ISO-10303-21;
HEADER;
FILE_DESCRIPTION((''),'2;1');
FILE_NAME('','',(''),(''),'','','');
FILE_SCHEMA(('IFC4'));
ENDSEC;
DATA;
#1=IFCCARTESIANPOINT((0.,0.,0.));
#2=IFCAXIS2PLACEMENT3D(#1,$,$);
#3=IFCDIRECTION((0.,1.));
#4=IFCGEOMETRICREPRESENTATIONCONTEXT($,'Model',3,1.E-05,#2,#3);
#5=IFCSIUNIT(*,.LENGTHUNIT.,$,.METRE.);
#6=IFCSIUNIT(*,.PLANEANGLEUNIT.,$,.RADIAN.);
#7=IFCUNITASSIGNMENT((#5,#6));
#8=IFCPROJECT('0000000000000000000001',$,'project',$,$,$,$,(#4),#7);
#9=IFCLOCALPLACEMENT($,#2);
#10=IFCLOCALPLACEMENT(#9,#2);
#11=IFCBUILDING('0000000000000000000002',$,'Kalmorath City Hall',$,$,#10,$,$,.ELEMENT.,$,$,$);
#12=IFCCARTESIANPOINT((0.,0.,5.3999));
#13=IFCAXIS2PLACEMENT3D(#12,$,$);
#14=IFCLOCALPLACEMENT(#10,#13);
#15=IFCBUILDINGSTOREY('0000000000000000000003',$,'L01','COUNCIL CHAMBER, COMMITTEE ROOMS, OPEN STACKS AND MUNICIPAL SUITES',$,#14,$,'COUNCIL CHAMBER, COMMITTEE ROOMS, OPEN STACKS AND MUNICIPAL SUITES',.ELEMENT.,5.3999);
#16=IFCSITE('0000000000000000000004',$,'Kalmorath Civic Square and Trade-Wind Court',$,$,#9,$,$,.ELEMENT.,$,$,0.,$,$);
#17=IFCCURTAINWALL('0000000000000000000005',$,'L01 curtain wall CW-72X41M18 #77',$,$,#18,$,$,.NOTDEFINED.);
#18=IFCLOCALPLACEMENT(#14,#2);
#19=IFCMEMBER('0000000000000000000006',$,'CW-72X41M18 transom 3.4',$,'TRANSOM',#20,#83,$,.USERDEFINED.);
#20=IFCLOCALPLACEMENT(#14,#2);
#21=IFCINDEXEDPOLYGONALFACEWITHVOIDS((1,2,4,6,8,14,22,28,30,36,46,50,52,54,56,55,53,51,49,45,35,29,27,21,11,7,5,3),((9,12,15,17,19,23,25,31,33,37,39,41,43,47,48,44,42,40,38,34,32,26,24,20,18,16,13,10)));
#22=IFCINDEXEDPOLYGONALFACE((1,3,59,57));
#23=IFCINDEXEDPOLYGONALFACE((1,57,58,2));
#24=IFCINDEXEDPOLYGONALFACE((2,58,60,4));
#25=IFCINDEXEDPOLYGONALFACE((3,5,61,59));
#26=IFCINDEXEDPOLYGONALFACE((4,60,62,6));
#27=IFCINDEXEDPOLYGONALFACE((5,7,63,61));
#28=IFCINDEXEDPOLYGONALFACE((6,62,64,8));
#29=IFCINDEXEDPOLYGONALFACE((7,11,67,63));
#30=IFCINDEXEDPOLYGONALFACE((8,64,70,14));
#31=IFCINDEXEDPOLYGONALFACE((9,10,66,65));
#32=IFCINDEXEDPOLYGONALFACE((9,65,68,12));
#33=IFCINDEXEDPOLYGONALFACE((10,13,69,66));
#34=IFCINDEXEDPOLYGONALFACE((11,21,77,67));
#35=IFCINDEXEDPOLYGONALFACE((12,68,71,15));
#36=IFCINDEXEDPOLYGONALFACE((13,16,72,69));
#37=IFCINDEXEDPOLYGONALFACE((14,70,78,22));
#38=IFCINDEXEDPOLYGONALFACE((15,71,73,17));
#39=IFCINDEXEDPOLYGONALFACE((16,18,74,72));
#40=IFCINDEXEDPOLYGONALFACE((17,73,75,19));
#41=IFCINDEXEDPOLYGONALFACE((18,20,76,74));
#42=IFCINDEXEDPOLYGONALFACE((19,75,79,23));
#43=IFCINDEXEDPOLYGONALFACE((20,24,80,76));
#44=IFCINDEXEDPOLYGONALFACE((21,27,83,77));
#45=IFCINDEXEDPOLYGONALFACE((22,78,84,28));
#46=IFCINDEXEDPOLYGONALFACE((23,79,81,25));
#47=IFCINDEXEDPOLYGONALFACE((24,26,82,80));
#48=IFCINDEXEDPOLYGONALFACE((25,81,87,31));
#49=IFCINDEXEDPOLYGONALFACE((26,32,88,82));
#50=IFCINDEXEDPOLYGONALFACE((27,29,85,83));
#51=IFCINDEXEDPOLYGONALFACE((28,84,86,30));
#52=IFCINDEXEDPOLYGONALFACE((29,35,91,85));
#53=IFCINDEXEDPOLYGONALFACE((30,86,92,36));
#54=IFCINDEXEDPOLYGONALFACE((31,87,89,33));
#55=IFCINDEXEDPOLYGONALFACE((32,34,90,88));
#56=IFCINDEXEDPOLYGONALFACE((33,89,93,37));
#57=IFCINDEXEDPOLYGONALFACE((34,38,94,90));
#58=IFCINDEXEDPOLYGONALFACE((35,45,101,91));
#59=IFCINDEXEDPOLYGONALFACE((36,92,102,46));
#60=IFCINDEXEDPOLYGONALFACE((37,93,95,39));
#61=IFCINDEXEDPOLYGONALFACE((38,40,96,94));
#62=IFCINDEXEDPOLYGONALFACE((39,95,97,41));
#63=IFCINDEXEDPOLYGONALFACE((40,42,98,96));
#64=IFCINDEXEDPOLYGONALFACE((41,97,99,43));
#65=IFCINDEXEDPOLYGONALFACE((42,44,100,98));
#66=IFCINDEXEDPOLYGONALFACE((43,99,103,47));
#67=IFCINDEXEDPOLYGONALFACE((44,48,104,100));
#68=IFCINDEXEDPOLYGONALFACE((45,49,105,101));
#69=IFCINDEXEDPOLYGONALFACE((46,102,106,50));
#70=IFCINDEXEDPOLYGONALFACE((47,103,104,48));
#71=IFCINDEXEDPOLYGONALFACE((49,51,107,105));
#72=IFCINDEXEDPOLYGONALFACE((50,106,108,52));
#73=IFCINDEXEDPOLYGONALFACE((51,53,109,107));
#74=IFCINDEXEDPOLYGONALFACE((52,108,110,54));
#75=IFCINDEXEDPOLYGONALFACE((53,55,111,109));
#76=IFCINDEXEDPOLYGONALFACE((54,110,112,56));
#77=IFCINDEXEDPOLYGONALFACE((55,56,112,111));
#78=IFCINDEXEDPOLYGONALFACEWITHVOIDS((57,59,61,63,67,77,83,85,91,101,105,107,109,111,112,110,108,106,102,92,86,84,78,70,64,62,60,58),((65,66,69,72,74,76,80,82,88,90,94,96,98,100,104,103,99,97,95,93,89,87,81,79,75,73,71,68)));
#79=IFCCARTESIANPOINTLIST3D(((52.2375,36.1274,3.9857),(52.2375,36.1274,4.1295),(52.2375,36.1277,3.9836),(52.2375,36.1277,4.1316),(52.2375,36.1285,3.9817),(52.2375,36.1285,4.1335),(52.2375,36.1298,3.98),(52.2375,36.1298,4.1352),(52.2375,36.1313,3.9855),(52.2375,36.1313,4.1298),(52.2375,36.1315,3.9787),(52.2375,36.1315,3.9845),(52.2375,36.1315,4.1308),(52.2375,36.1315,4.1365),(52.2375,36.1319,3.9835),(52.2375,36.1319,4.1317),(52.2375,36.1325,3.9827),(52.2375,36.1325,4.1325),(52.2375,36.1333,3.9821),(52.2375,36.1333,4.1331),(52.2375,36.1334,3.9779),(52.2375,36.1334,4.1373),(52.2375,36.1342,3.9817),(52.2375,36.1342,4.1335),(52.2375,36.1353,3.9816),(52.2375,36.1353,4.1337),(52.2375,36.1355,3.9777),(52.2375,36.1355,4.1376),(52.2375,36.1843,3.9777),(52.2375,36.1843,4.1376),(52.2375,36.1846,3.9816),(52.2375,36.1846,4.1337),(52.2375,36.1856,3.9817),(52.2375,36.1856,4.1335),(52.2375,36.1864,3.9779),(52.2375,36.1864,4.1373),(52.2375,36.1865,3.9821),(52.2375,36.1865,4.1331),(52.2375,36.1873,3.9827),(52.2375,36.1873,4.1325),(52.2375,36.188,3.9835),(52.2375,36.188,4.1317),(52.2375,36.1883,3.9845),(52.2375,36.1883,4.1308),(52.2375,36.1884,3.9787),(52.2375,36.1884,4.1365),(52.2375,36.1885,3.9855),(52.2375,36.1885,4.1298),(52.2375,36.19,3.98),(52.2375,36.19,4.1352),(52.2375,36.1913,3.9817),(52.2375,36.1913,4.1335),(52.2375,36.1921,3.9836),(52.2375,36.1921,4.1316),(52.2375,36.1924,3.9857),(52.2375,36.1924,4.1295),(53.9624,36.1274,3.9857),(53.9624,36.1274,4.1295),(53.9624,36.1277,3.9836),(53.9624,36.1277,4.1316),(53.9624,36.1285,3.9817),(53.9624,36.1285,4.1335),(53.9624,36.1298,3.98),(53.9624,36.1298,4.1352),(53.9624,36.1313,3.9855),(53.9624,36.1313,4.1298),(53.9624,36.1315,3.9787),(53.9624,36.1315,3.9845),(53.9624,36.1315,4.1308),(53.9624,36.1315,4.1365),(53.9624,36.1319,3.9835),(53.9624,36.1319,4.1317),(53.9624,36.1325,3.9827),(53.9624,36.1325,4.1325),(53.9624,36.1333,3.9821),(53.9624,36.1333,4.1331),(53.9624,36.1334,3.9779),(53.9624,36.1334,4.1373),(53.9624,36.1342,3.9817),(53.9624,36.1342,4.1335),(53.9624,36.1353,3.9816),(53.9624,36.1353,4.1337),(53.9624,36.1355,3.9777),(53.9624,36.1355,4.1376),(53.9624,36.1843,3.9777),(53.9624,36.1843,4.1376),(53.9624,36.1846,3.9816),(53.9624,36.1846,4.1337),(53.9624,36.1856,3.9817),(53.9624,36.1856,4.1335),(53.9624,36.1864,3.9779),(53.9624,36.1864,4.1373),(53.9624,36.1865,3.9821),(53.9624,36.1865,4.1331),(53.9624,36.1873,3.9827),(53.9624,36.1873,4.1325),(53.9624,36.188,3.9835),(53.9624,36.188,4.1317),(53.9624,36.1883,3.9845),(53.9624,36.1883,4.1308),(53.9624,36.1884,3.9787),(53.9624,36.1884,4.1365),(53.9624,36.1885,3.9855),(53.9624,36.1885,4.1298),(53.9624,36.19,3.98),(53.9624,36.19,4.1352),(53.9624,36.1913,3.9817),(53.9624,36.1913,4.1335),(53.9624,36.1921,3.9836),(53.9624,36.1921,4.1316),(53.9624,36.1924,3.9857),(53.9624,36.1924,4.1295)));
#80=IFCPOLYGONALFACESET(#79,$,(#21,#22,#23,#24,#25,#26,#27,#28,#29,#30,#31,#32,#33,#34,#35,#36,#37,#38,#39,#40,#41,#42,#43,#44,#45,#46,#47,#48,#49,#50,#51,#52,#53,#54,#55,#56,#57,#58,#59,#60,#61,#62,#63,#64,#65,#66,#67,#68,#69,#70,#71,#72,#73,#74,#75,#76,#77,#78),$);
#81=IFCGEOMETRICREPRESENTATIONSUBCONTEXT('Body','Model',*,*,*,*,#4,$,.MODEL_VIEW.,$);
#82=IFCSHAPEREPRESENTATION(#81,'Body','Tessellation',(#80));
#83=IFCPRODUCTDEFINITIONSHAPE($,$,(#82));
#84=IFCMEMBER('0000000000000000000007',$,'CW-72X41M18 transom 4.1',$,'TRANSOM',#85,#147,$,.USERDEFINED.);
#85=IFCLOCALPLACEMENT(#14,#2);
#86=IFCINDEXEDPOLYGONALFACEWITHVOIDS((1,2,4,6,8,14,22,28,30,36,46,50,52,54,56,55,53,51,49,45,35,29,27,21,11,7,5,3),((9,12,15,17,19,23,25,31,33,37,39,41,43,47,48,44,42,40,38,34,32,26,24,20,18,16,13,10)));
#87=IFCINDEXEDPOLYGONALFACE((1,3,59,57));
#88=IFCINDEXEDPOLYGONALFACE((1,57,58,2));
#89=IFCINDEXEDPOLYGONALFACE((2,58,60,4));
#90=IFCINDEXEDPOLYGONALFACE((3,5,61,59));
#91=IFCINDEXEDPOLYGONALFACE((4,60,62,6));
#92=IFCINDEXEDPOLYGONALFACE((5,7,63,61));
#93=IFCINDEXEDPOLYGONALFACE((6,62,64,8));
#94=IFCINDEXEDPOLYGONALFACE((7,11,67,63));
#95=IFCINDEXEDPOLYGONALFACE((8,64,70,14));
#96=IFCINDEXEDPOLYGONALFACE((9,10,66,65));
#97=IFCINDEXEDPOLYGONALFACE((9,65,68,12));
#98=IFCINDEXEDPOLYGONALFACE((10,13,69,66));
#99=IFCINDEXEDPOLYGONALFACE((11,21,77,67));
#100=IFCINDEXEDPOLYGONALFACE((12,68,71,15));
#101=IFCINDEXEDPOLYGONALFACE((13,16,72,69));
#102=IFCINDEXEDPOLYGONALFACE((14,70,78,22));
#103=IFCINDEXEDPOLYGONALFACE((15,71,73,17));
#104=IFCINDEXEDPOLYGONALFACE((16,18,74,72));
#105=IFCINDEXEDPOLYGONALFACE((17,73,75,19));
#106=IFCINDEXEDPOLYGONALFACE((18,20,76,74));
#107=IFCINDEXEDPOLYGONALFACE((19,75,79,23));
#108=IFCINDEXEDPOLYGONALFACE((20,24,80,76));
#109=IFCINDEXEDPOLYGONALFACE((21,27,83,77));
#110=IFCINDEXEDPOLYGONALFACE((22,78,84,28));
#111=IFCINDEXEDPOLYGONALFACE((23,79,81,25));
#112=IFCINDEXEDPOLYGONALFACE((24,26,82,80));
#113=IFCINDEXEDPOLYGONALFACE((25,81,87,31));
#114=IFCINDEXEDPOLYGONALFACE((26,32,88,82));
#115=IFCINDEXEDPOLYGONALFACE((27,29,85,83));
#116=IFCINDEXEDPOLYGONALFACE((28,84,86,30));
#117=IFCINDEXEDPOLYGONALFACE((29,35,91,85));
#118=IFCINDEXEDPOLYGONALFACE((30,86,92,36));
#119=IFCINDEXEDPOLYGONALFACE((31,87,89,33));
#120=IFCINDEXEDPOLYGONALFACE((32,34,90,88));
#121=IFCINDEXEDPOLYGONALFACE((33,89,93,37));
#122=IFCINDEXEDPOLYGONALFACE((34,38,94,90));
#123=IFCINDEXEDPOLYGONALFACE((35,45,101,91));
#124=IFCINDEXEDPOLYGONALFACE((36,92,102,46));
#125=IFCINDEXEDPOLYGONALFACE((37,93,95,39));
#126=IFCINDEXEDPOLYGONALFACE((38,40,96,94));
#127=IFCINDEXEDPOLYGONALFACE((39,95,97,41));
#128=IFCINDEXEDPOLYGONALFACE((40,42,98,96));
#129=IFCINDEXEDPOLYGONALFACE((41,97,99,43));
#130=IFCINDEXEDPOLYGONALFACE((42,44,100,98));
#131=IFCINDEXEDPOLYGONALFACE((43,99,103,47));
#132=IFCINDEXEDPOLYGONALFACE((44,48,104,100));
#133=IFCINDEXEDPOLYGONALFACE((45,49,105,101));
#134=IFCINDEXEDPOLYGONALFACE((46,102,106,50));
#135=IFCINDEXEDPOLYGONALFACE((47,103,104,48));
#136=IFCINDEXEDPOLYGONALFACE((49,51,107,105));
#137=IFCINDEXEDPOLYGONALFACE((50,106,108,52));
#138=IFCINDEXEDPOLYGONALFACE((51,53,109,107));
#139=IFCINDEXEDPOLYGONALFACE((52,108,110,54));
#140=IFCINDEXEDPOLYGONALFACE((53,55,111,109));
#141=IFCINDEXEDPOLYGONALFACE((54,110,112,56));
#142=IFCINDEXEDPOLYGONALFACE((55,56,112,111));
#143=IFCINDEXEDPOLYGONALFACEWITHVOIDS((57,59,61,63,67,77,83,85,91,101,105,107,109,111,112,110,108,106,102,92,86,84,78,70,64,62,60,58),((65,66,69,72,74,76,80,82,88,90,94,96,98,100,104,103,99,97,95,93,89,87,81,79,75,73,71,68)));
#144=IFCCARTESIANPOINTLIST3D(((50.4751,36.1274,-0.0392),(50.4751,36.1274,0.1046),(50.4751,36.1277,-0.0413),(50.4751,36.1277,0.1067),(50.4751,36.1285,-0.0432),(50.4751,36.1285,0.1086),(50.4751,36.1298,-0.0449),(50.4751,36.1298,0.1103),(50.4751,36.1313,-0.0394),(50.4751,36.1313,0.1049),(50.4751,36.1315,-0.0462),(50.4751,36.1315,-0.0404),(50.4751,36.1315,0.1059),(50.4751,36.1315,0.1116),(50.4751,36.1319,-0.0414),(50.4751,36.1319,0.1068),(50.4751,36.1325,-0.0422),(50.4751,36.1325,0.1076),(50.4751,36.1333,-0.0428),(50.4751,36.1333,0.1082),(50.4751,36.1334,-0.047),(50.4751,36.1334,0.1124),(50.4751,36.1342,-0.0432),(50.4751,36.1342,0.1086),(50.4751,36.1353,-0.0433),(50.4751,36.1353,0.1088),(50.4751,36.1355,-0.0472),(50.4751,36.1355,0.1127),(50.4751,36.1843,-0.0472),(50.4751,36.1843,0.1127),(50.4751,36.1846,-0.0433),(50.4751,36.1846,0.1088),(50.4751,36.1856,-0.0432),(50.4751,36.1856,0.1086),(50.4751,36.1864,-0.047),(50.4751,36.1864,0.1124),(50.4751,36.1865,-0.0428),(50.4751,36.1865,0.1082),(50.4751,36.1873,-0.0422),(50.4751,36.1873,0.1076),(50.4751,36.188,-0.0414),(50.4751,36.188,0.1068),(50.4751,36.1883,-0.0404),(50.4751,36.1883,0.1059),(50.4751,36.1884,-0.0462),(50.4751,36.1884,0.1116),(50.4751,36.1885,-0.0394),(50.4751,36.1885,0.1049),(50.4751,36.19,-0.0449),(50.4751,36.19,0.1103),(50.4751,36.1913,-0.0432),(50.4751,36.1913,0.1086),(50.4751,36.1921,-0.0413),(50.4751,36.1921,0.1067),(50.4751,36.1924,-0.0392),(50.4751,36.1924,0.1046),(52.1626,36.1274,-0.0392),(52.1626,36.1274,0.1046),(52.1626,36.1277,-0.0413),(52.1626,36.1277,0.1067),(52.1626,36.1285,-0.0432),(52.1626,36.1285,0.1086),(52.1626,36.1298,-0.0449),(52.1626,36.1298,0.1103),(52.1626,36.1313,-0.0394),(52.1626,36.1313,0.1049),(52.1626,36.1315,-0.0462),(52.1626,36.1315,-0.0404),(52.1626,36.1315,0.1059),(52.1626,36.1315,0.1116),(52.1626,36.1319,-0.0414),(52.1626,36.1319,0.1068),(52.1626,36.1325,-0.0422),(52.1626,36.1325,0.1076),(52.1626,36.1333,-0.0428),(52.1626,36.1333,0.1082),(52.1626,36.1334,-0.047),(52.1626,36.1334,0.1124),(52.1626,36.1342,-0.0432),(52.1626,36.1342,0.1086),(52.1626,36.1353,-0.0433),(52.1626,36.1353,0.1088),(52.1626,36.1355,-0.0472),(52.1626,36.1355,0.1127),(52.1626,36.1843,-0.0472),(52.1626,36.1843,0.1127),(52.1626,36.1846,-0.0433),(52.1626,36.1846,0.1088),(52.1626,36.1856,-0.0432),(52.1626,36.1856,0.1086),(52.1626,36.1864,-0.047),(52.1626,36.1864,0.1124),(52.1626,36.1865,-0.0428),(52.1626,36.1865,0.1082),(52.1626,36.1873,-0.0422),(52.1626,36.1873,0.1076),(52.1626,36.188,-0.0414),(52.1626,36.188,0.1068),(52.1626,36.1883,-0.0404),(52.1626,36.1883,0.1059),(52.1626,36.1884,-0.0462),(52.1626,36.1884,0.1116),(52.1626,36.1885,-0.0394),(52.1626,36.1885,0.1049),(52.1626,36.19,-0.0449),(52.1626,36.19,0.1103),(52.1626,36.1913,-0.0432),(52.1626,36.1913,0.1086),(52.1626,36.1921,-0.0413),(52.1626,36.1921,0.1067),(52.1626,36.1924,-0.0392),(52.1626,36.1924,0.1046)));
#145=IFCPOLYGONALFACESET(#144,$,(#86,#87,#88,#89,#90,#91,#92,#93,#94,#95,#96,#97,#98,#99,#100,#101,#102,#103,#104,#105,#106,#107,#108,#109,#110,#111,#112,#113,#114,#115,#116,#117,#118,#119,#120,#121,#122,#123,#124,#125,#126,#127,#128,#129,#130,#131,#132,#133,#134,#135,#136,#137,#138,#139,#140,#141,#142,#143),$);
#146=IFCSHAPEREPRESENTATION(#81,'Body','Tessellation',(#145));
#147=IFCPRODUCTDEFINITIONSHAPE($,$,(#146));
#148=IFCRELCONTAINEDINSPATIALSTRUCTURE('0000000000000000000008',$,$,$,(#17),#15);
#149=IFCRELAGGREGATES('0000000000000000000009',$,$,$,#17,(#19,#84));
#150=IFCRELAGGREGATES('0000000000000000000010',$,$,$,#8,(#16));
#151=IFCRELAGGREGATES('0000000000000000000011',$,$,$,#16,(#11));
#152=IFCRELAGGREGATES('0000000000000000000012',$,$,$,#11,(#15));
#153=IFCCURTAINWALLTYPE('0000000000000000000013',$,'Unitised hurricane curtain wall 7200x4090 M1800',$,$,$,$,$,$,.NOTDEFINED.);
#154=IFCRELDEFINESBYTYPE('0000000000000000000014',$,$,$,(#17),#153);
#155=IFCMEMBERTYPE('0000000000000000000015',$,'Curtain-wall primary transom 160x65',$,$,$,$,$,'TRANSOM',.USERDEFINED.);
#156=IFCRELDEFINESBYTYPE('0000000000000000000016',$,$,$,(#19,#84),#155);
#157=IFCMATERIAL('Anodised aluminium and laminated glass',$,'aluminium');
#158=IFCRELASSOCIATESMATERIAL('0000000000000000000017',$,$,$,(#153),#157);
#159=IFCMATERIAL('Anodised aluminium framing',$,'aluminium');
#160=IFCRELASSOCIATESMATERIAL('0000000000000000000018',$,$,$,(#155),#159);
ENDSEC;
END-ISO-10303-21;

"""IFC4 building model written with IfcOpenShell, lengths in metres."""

from ifc_helpers import new_model, si_unit, direction, frame, origin, origin_2d, place, context, subcontext, project, spatial, hollow_rectangle, extrude, material, material_profile, profile_set, type_object, element, aggregate, save


model = new_model("IFC4")

# Units and contexts
model_context = context("Model", 3, precision=1e-05, world=origin(), true_north=direction((0.0, 1.0)))
body_context = subcontext(model_context, "Body", "Model", "MODEL_VIEW")
ifc_project = project(units=[si_unit("LENGTHUNIT", "METRE"), si_unit("PLANEANGLEUNIT", "RADIAN")], contexts=[model_context])

# Site, building, storey
site_placement = place(None, origin())
site = spatial("IfcSite", under=ifc_project, at=site_placement, Name="Kalmorath Civic Square and Trade-Wind Court", CompositionType="ELEMENT", RefElevation=0.0)
building_placement = place(site_placement, origin())
building = spatial("IfcBuilding", under=site, at=building_placement, Name="Kalmorath City Hall", CompositionType="ELEMENT")
storey_placement = place(building_placement, frame((0.0, 0.0, 5.3999)))
storey = spatial("IfcBuildingStorey", under=building, at=storey_placement, Name="L01", Description="COUNCIL CHAMBER, COMMITTEE ROOMS, OPEN STACKS AND MUNICIPAL SUITES", LongName="COUNCIL CHAMBER, COMMITTEE ROOMS, OPEN STACKS AND MUNICIPAL SUITES", CompositionType="ELEMENT", Elevation=5.3999)

# Curtain wall, members
ifc_material_1 = material(Name="Anodised aluminium and laminated glass", Category="aluminium")
curtain_wall_type = type_object("IfcCurtainWallType", Name="Unitised hurricane curtain wall 7200x4090 M1800", PredefinedType="NOTDEFINED", material=ifc_material_1)
curtain_wall_placement = place(storey_placement, origin())
curtain_wall = element("IfcCurtainWall", 1, at=curtain_wall_placement, inside=storey, type_object=curtain_wall_type, Name="L01 curtain wall CW-72X41M18 #77", PredefinedType="NOTDEFINED")
ifc_material_2 = material(Name="Anodised aluminium framing", Category="aluminium")
ifc_material_profile_1 = material_profile(ifc_material_2, hollow_rectangle(XDim=0.0649, YDim=0.1599, WallThickness=0.0039, InnerFilletRadius=0.0039, OuterFilletRadius=0.0081, at=origin_2d()), Name="ALU-TRN-160X65X4")
ifc_profile_set_1 = profile_set([ifc_material_profile_1], Name="Anodised aluminium framing")
member_type_1 = type_object("IfcMemberType", Name="Curtain-wall primary transom 160x65", ElementType="TRANSOM", PredefinedType="USERDEFINED", material=ifc_profile_set_1)
member_1_placement = place(storey_placement, frame((53.9624, 36.1599, 4.0576), z_axis=(-1.0, 0.0, 0.0), x_axis=(0.0, -1.0, 0.0)))
member_1 = element("IfcMember", 2, at=member_1_placement, type_object=member_type_1, Name="CW-72X41M18 transom 3.4", ObjectType="TRANSOM", PredefinedType="USERDEFINED", context=body_context, shape_type="SweptSolid", body=[
    extrude(hollow_rectangle(XDim=0.0649, YDim=0.1599, WallThickness=0.0039, InnerFilletRadius=0.0039, OuterFilletRadius=0.0081, at=origin_2d()), origin(), (0.0, 0.0, 1.0), 1.7249),
])
member_2_placement = place(storey_placement, frame((52.1626, 36.1599, 0.0327), z_axis=(-1.0, 0.0, 0.0), x_axis=(0.0, -1.0, 0.0)))
member_2 = element("IfcMember", 3, at=member_2_placement, type_object=member_type_1, Name="CW-72X41M18 transom 4.1", ObjectType="TRANSOM", PredefinedType="USERDEFINED", context=body_context, shape_type="SweptSolid", body=[
    extrude(hollow_rectangle(XDim=0.0649, YDim=0.1599, WallThickness=0.0039, InnerFilletRadius=0.0039, OuterFilletRadius=0.0081, at=origin_2d()), origin(), (0.0, 0.0, 1.0), 1.6875),
])
aggregate(curtain_wall, [member_1, member_2])

save(model, "model.ifc")
